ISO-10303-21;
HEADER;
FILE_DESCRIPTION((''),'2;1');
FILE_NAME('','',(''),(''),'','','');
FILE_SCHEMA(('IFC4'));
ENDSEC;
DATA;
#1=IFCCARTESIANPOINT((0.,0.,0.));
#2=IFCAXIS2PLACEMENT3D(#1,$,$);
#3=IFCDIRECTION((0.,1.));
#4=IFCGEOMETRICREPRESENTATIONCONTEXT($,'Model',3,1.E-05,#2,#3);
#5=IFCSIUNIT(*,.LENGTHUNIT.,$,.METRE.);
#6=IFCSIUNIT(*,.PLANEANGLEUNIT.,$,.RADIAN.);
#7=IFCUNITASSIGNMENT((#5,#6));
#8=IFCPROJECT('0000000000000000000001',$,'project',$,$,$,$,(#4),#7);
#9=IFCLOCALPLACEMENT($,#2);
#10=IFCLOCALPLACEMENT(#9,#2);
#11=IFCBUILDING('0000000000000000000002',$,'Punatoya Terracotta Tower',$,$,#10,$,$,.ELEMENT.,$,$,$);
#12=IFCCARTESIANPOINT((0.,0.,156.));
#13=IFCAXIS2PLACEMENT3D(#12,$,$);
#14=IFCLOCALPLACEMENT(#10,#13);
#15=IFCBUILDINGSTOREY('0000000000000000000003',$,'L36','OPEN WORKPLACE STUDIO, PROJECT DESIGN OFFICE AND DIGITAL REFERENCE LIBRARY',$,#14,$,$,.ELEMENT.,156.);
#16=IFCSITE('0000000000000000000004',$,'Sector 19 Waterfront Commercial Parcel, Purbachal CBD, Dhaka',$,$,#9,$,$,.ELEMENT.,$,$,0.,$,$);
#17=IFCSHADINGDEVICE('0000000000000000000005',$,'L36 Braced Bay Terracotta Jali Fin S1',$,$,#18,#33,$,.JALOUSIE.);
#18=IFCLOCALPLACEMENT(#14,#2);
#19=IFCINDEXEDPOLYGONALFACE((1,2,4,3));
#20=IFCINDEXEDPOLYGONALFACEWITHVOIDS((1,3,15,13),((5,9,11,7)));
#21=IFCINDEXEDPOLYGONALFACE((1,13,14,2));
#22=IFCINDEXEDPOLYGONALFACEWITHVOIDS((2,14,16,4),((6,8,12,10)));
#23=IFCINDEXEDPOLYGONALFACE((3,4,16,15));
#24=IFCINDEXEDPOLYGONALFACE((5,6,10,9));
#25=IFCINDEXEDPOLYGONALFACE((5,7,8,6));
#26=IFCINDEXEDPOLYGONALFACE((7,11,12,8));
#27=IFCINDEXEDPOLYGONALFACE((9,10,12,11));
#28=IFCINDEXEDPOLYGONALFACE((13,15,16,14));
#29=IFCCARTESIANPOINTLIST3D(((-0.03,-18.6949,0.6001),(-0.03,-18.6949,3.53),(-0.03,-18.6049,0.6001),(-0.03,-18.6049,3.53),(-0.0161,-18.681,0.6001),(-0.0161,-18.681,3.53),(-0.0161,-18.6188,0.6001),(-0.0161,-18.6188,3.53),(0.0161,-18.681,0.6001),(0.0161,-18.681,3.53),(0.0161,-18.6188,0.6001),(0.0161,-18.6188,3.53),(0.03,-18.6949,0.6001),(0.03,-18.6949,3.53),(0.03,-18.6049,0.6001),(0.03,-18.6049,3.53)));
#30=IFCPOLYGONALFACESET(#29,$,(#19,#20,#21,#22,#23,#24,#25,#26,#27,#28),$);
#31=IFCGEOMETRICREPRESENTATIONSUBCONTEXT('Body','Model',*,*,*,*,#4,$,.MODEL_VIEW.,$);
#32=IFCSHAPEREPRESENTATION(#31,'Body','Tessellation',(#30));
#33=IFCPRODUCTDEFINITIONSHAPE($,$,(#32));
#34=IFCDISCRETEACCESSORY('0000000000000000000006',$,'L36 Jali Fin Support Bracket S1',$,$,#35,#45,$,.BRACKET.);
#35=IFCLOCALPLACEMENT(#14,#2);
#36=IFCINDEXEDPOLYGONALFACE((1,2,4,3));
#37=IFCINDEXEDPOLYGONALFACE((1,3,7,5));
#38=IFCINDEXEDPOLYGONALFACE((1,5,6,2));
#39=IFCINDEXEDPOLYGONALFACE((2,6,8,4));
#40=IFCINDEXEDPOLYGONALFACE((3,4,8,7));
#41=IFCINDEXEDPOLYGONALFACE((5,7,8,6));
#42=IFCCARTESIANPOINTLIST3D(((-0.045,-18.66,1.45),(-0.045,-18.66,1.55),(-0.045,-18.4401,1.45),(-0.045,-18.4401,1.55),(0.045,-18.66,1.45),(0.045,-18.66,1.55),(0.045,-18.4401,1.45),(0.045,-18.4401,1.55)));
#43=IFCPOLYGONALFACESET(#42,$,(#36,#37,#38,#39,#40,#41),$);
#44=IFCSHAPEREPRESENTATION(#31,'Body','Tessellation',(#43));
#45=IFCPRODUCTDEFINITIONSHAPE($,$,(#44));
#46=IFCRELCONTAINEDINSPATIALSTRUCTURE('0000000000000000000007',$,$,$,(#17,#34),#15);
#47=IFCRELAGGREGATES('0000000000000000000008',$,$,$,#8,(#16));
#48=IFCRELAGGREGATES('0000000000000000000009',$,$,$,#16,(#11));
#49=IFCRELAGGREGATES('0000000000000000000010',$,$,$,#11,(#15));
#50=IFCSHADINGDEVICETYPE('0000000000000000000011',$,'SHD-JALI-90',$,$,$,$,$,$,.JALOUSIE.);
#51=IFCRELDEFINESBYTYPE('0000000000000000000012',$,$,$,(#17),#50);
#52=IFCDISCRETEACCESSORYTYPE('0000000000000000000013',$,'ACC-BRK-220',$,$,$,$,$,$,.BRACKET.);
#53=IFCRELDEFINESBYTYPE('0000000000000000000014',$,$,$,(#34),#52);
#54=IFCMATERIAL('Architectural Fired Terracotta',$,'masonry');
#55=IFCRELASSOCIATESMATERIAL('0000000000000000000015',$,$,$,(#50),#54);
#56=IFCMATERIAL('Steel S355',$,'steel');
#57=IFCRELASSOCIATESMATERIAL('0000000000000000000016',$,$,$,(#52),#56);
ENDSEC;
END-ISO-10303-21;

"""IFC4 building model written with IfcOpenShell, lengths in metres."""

from ifc_helpers import new_model, si_unit, direction, frame, origin, origin_2d, place, context, subcontext, project, spatial, rectangle, hollow_rectangle, extrude, material, material_profile, profile_set, type_object, element, save


model = new_model("IFC4")

# Units and contexts
model_context = context("Model", 3, precision=1e-05, world=origin(), true_north=direction((0.0, 1.0)))
body_context = subcontext(model_context, "Body", "Model", "MODEL_VIEW")
ifc_project = project(units=[si_unit("LENGTHUNIT", "METRE"), si_unit("PLANEANGLEUNIT", "RADIAN")], contexts=[model_context])

# Site, building, storey
site_placement = place(None, origin())
site = spatial("IfcSite", under=ifc_project, at=site_placement, Name="Sector 19 Waterfront Commercial Parcel, Purbachal CBD, Dhaka", CompositionType="ELEMENT", RefElevation=0.0)
building_placement = place(site_placement, origin())
building = spatial("IfcBuilding", under=site, at=building_placement, Name="Punatoya Terracotta Tower", CompositionType="ELEMENT")
storey_placement = place(building_placement, frame((0.0, 0.0, 156.0)))
storey = spatial("IfcBuildingStorey", under=building, at=storey_placement, Name="L36", Description="OPEN WORKPLACE STUDIO, PROJECT DESIGN OFFICE AND DIGITAL REFERENCE LIBRARY", CompositionType="ELEMENT", Elevation=156.0)

# Shared definitions
ifc_material_1 = material(Name="Steel S355", Category="steel")

# Shading device
ifc_material_2 = material(Name="Architectural Fired Terracotta", Category="masonry")
ifc_material_profile_1 = material_profile(ifc_material_2, hollow_rectangle(XDim=0.0601, YDim=0.0901, WallThickness=0.0139, at=origin_2d()))
ifc_profile_set_1 = profile_set([ifc_material_profile_1], Name="Architectural Fired Terracotta")
shading_device_type = type_object("IfcShadingDeviceType", Name="SHD-JALI-90", PredefinedType="JALOUSIE", material=ifc_profile_set_1)
shading_device_placement = place(storey_placement, frame((0.0, -18.6499, 0.6001), z_axis=(0.0, 0.0, 1.0), x_axis=(1.0, 0.0, 0.0)))
element("IfcShadingDevice", 1, at=shading_device_placement, inside=storey, type_object=shading_device_type, Name="L36 Braced Bay Terracotta Jali Fin S1", PredefinedType="JALOUSIE", context=body_context, shape_type="SweptSolid", body=[
    extrude(hollow_rectangle(XDim=0.0601, YDim=0.0901, WallThickness=0.0139, at=origin_2d()), origin(), (0.0, 0.0, 1.0), 2.9299),
])

# Discrete accessory
discrete_accessory_type = type_object("IfcDiscreteAccessoryType", Name="ACC-BRK-220", PredefinedType="BRACKET", material=ifc_material_1)
discrete_accessory_placement = place(storey_placement, frame((0.0, -18.55, 1.45), z_axis=(0.0, 0.0, 1.0), x_axis=(1.0, 0.0, 0.0)))
element("IfcDiscreteAccessory", 2, at=discrete_accessory_placement, inside=storey, type_object=discrete_accessory_type, Name="L36 Jali Fin Support Bracket S1", PredefinedType="BRACKET", context=body_context, shape_type="SweptSolid", body=[
    extrude(rectangle(XDim=0.0901, YDim=0.22, at=origin_2d()), origin(), (0.0, 0.0, 1.0), 0.1001),
])

save(model, "model.ifc")
